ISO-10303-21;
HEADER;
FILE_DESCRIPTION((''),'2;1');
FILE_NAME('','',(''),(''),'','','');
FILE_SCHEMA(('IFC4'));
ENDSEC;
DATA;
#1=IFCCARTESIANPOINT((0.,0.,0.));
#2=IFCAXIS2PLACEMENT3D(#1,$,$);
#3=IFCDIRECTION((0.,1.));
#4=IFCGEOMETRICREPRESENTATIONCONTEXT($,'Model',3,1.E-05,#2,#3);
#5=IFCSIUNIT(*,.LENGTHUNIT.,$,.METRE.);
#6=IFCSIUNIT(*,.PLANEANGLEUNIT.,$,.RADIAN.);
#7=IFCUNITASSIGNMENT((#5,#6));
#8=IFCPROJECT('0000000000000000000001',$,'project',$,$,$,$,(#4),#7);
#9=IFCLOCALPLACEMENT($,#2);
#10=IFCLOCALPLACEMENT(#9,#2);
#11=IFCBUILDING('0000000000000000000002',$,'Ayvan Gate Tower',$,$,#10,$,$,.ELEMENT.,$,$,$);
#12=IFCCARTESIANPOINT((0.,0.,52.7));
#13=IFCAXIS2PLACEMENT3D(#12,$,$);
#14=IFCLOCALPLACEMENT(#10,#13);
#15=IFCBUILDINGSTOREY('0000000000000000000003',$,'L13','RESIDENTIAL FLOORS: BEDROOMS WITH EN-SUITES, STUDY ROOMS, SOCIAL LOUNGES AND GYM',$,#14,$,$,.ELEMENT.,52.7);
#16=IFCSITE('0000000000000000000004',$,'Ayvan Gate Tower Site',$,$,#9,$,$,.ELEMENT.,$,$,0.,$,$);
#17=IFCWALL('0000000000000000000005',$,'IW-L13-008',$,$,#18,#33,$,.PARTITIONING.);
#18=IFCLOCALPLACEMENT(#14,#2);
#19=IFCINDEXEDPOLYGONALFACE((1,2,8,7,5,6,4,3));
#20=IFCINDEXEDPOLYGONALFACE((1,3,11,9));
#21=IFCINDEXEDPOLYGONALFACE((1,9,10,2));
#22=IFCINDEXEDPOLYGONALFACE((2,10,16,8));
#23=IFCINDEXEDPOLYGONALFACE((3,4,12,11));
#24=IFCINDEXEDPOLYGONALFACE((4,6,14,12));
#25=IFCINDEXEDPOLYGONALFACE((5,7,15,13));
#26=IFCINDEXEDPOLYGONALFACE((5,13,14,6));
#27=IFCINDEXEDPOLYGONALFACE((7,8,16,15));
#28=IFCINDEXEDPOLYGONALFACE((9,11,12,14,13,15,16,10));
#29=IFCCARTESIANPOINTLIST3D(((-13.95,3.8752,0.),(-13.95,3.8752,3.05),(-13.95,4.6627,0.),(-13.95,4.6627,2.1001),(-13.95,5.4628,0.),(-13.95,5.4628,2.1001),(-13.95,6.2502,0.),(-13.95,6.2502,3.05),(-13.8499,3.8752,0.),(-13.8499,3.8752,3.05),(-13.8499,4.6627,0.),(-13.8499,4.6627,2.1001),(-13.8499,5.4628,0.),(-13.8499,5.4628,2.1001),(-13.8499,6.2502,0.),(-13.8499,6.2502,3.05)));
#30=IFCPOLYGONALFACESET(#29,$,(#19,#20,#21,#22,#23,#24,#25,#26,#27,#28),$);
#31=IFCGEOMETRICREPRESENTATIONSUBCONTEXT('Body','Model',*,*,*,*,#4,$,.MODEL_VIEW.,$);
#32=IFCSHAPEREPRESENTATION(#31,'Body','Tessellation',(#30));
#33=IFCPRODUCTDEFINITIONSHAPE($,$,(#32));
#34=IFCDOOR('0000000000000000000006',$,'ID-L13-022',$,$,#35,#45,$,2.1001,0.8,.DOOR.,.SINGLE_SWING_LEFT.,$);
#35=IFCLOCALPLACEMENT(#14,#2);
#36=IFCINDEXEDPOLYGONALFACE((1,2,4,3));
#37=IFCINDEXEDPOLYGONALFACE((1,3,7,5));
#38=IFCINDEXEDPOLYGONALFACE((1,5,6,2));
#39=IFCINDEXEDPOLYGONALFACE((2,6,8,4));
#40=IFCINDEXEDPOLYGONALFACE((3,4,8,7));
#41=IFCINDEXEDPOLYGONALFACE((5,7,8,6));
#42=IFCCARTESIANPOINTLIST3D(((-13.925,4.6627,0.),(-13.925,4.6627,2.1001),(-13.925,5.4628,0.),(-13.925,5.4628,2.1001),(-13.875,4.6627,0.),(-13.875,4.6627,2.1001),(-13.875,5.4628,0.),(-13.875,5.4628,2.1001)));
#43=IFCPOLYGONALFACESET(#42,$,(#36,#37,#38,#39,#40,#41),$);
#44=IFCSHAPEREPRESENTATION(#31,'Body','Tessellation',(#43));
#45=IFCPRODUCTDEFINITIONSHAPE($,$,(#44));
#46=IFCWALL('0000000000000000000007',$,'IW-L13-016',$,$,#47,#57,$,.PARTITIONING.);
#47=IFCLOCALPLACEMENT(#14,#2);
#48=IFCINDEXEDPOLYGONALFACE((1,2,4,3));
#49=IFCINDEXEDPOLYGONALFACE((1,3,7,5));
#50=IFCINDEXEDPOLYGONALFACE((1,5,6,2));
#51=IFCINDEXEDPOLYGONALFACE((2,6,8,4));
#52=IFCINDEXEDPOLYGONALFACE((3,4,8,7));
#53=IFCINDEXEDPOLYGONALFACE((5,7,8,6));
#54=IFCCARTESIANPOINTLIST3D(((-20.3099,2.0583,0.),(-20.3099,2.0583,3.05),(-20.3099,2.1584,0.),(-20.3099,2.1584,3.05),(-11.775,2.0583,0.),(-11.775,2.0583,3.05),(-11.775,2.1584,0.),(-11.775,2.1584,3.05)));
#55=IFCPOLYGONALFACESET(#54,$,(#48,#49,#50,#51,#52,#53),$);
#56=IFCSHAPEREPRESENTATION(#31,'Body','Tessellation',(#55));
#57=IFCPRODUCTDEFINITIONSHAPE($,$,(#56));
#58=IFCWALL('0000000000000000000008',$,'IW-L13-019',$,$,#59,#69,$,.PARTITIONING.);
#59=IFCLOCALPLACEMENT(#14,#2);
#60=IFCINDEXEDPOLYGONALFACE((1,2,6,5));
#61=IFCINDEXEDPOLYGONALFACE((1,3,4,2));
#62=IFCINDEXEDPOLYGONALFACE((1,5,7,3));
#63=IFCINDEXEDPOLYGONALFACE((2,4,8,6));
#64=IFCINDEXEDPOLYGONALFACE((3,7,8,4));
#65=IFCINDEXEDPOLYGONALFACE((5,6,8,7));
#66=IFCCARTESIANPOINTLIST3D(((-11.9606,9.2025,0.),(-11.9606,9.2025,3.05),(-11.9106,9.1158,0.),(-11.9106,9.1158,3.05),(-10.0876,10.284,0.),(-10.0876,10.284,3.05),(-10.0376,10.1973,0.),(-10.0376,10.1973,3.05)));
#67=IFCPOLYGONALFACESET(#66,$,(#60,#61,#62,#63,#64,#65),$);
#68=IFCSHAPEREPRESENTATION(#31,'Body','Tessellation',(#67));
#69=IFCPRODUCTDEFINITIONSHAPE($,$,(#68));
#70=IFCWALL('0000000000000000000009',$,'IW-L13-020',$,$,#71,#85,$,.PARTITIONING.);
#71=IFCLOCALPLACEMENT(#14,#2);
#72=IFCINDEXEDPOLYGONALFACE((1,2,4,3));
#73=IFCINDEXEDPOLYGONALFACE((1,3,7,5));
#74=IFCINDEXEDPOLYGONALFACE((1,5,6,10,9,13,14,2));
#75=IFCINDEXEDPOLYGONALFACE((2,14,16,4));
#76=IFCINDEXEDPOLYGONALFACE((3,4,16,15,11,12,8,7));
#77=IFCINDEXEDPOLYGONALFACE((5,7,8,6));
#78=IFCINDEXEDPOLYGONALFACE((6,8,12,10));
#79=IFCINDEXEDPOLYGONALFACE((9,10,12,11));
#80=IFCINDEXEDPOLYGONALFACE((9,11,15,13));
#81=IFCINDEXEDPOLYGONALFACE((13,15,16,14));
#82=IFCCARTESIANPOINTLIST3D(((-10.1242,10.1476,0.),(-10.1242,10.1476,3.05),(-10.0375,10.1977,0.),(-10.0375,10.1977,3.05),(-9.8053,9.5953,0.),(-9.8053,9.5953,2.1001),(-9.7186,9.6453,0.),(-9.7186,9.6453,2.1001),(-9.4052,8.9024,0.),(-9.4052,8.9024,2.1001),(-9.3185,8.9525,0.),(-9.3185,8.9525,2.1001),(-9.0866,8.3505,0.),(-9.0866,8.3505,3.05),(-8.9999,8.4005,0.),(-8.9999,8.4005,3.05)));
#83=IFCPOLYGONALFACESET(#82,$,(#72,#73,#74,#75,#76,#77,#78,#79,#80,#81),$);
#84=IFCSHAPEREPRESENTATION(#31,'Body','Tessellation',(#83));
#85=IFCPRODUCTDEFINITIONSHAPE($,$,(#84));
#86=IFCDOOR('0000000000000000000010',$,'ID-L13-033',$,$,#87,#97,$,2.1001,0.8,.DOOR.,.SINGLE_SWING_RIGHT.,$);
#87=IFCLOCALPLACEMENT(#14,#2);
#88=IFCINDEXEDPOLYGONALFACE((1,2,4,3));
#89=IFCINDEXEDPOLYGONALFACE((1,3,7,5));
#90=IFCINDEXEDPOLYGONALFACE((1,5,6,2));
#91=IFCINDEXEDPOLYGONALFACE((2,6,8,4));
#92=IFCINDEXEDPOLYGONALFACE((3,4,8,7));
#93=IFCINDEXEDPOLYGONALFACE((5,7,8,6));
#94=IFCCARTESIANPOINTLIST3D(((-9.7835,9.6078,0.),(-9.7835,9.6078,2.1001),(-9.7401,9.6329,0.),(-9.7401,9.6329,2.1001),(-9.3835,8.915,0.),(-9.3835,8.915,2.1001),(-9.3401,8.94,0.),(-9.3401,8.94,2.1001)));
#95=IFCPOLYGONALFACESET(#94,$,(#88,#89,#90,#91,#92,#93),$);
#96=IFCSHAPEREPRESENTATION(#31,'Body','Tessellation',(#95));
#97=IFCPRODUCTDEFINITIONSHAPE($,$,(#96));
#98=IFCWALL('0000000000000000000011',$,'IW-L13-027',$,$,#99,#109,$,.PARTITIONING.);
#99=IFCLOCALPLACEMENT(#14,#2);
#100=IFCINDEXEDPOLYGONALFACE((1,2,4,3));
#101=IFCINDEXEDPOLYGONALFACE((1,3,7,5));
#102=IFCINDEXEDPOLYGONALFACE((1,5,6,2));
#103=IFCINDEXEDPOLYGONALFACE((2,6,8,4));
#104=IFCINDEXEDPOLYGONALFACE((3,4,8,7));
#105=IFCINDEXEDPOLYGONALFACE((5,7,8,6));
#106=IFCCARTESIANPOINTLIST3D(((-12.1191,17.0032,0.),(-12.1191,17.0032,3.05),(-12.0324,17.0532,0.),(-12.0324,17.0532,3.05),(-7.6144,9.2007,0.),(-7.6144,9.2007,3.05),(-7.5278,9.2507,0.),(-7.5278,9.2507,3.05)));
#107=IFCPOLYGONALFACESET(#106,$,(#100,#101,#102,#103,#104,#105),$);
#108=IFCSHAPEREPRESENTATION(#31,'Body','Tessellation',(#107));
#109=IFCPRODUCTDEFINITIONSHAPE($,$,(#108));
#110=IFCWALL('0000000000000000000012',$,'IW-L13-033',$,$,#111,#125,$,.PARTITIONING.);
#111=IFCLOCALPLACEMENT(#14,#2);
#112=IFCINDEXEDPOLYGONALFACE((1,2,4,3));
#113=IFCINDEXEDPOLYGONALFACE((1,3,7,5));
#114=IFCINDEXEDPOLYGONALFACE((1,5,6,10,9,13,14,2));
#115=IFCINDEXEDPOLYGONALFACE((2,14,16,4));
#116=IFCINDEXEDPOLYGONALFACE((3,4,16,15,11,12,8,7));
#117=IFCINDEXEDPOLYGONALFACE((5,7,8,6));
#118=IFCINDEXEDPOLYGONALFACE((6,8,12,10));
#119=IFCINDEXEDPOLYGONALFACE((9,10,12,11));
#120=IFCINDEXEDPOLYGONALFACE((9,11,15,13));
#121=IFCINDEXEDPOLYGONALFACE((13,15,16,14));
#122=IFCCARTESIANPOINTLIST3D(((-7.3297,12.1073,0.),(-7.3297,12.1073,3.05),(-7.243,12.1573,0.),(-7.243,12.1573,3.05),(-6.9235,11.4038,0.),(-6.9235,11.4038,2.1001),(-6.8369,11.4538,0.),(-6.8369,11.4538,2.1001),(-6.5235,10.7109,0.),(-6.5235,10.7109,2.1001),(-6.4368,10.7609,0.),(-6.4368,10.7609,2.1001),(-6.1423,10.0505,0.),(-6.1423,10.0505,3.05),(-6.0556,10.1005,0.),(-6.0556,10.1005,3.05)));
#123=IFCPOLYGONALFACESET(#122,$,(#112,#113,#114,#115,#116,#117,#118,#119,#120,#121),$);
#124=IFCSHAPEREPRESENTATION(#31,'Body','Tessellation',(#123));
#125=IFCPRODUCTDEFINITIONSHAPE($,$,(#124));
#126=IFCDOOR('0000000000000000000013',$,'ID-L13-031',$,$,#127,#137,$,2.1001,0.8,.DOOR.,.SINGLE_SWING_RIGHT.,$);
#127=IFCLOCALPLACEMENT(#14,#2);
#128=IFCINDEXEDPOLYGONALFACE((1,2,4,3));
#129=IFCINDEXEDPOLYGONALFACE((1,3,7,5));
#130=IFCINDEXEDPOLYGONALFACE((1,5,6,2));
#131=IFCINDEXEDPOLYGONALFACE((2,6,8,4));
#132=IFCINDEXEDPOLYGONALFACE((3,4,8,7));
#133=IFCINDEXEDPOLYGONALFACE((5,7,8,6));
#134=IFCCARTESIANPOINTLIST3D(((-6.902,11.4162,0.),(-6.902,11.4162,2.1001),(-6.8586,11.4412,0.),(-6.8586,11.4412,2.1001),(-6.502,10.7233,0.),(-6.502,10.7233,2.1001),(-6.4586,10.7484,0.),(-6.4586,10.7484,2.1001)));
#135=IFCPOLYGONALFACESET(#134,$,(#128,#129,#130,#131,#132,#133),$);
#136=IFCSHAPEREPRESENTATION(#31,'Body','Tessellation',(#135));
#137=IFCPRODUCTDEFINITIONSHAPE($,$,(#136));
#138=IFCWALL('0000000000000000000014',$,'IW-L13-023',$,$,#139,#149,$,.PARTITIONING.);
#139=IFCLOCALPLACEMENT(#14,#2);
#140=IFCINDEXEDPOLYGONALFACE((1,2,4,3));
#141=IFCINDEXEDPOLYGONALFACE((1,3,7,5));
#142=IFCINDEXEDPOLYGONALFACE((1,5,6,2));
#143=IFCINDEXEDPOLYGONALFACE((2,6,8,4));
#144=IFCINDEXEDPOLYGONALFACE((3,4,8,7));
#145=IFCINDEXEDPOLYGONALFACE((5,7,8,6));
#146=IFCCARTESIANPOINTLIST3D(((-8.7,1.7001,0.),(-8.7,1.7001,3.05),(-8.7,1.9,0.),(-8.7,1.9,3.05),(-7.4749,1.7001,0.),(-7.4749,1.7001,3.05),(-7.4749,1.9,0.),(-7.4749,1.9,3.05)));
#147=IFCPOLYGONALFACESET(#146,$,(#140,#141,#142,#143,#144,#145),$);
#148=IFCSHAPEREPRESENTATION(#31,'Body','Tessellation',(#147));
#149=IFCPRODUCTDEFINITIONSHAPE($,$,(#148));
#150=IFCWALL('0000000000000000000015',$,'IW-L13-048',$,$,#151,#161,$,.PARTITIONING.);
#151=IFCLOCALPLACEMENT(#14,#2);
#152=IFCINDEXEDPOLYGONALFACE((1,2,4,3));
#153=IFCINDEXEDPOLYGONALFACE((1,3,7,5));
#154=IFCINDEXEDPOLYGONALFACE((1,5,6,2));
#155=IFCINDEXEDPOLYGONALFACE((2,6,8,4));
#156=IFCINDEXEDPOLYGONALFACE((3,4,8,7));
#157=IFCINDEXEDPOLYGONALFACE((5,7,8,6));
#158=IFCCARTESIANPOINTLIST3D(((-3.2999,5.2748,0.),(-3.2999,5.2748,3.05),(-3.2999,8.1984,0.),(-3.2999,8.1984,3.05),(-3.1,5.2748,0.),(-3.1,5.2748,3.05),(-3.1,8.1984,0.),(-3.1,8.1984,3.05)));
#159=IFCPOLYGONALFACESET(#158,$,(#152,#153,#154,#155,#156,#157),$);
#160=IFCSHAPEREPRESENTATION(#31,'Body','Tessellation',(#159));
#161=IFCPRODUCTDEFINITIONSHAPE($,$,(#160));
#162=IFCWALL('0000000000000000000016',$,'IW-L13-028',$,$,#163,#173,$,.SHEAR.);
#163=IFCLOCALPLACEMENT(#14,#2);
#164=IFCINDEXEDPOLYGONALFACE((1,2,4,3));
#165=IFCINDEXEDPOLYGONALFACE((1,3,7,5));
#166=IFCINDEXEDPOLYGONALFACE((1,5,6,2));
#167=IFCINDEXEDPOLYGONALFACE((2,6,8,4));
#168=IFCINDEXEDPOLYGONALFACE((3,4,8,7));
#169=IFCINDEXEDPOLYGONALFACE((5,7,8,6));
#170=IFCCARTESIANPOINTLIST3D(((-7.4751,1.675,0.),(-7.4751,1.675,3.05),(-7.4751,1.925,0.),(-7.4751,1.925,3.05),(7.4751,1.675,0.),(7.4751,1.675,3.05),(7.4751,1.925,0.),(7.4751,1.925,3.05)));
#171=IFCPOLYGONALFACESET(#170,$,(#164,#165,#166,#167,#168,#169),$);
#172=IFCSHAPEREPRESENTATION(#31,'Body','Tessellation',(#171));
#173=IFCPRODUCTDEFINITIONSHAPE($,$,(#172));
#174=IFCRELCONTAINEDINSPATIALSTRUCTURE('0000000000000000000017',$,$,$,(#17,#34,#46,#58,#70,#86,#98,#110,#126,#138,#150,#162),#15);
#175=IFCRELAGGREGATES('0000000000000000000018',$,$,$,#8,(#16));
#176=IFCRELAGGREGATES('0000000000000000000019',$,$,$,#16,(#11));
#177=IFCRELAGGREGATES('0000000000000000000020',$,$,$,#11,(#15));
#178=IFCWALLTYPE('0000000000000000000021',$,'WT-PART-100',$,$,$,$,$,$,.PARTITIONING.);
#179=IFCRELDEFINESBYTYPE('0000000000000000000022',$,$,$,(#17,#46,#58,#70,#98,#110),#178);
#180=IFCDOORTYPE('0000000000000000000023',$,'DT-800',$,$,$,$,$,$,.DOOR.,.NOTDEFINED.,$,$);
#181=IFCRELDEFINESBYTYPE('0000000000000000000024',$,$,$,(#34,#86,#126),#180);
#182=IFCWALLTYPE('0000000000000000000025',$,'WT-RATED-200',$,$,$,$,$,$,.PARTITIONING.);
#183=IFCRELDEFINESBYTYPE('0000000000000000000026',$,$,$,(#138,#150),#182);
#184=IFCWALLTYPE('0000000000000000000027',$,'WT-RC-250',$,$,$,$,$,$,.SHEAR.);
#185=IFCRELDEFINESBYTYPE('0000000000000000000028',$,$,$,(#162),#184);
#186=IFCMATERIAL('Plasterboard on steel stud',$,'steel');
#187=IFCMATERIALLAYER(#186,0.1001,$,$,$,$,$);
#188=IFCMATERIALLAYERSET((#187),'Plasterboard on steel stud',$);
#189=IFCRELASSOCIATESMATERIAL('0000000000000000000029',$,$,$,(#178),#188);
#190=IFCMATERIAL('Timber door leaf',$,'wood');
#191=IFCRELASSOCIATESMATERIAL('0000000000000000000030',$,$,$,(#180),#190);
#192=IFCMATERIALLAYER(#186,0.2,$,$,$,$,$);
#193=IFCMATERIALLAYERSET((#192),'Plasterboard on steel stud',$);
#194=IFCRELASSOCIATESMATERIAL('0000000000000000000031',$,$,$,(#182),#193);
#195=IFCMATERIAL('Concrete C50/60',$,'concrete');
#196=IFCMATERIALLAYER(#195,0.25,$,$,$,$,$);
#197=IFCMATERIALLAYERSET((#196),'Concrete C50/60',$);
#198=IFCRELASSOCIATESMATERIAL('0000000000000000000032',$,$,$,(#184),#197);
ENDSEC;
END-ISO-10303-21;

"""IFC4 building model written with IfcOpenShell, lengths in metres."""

from ifc_helpers import new_model, si_unit, direction, frame, frame_2d, origin, place, context, subcontext, project, spatial, rectangle, extrude, material, layer, layer_set, type_object, element, fill, save


model = new_model("IFC4")

# Units and contexts
model_context = context("Model", 3, precision=1e-05, world=origin(), true_north=direction((0.0, 1.0)))
body_context = subcontext(model_context, "Body", "Model", "MODEL_VIEW")
ifc_project = project(units=[si_unit("LENGTHUNIT", "METRE"), si_unit("PLANEANGLEUNIT", "RADIAN")], contexts=[model_context])

# Site, building, storey
site_placement = place(None, origin())
site = spatial("IfcSite", under=ifc_project, at=site_placement, Name="Ayvan Gate Tower Site", CompositionType="ELEMENT", RefElevation=0.0)
building_placement = place(site_placement, origin())
building = spatial("IfcBuilding", under=site, at=building_placement, Name="Ayvan Gate Tower", CompositionType="ELEMENT")
storey_placement = place(building_placement, frame((0.0, 0.0, 52.7)))
storey = spatial("IfcBuildingStorey", under=building, at=storey_placement, Name="L13", Description="RESIDENTIAL FLOORS: BEDROOMS WITH EN-SUITES, STUDY ROOMS, SOCIAL LOUNGES AND GYM", CompositionType="ELEMENT", Elevation=52.7)

# Shared definitions
ifc_material_1 = material(Name="Timber door leaf", Category="wood")
ifc_material_2 = material(Name="Plasterboard on steel stud", Category="steel")

# Wall, opening, door
ifc_layer_1 = layer(ifc_material_2, 0.1001)
ifc_layer_set_1 = layer_set([ifc_layer_1], Name="Plasterboard on steel stud")
wall_type_1 = type_object("IfcWallType", Name="WT-PART-100", PredefinedType="PARTITIONING", material=ifc_layer_set_1)
wall_1_placement = place(storey_placement, frame((-13.8999, 6.2502, 0.0), z_axis=(0.0, 0.0, 1.0), x_axis=(0.0, -1.0, 0.0)))
wall_1 = element("IfcWall", 1, at=wall_1_placement, inside=storey, type_object=wall_type_1, Name="IW-L13-008", PredefinedType="PARTITIONING", context=body_context, shape_type="SweptSolid", body=[
    extrude(rectangle(XDim=2.375, YDim=0.1001, at=frame_2d((1.1875, 0.0))), origin(), (0.0, 0.0, 1.0), 3.05),
])
opening_1_placement = place(wall_1_placement, frame((0.7876, 0.0, 0.0)))
opening_1 = element("IfcOpeningElement", 2, at=opening_1_placement, cuts=wall_1, PredefinedType="OPENING", context=body_context, shape_type="SweptSolid", body=[
    extrude(rectangle(XDim=0.8, YDim=2.1001, at=frame_2d((0.3999, 1.05))), frame((0.0, 0.0601, 0.0), z_axis=(0.0, -1.0, 0.0), x_axis=(1.0, 0.0, 0.0)), (0.0, 0.0, 1.0), 0.1201),
])
door_type_1 = type_object("IfcDoorType", Name="DT-800", OperationType="NOTDEFINED", PredefinedType="DOOR", material=ifc_material_1)
door_1_placement = place(opening_1_placement, origin())
door_1 = element("IfcDoor", 3, at=door_1_placement, inside=storey, type_object=door_type_1, Name="ID-L13-022", OperationType="SINGLE_SWING_LEFT", OverallHeight=2.1001, OverallWidth=0.8, PredefinedType="DOOR", context=body_context, shape_type="SweptSolid", body=[
    extrude(rectangle(XDim=0.8, YDim=2.1001, at=frame_2d((0.3999, 1.05))), frame((0.0, 0.0249, 0.0), z_axis=(0.0, -1.0, 0.0), x_axis=(1.0, 0.0, 0.0)), (0.0, 0.0, 1.0), 0.05),
])
fill(opening_1, door_1)

# Walls
wall_2_placement = place(storey_placement, frame((-11.7749, 2.1084, 0.0), z_axis=(0.0, 0.0, 1.0), x_axis=(-1.0, 0.0, 0.0)))
element("IfcWall", 4, at=wall_2_placement, inside=storey, type_object=wall_type_1, Name="IW-L13-016", PredefinedType="PARTITIONING", context=body_context, shape_type="SweptSolid", body=[
    extrude(rectangle(XDim=8.5349, YDim=0.1001, at=frame_2d((4.2676, 0.0))), origin(), (0.0, 0.0, 1.0), 3.05),
])
wall_3_placement = place(storey_placement, frame((-10.0625, 10.2407, 0.0), z_axis=(0.0, 0.0, 1.0), x_axis=(-0.865998, -0.500048, 0.0)))
element("IfcWall", 5, at=wall_3_placement, inside=storey, type_object=wall_type_1, Name="IW-L13-019", PredefinedType="PARTITIONING", context=body_context, shape_type="SweptSolid", body=[
    extrude(rectangle(XDim=2.1628, YDim=0.1001, at=frame_2d((1.0815, 0.0))), origin(), (0.0, 0.0, 1.0), 3.05),
])

# Wall, opening, door
wall_4_placement = place(storey_placement, frame((-9.0432, 8.3755, 0.0), z_axis=(0.0, 0.0, 1.0), x_axis=(-0.500011, 0.866019, 0.0)))
wall_4 = element("IfcWall", 6, at=wall_4_placement, inside=storey, type_object=wall_type_1, Name="IW-L13-020", PredefinedType="PARTITIONING", context=body_context, shape_type="SweptSolid", body=[
    extrude(rectangle(XDim=2.0752, YDim=0.1001, at=frame_2d((1.0376, 0.0))), origin(), (0.0, 0.0, 1.0), 3.05),
])
opening_2_placement = place(wall_4_placement, frame((0.6375, 0.0, 0.0)))
opening_2 = element("IfcOpeningElement", 7, at=opening_2_placement, cuts=wall_4, PredefinedType="OPENING", context=body_context, shape_type="SweptSolid", body=[
    extrude(rectangle(XDim=0.8, YDim=2.1001, at=frame_2d((0.3999, 1.05))), frame((0.0, 0.0601, 0.0), z_axis=(0.0, -1.0, 0.0), x_axis=(1.0, 0.0, 0.0)), (0.0, 0.0, 1.0), 0.1201),
])
door_2_placement = place(opening_2_placement, origin())
door_2 = element("IfcDoor", 8, at=door_2_placement, inside=storey, type_object=door_type_1, Name="ID-L13-033", OperationType="SINGLE_SWING_RIGHT", OverallHeight=2.1001, OverallWidth=0.8, PredefinedType="DOOR", context=body_context, shape_type="SweptSolid", body=[
    extrude(rectangle(XDim=0.8, YDim=2.1001, at=frame_2d((0.3999, 1.05))), frame((0.0, 0.0249, 0.0), z_axis=(0.0, -1.0, 0.0), x_axis=(1.0, 0.0, 0.0)), (0.0, 0.0, 1.0), 0.05),
])
fill(opening_2, door_2)

# Wall
wall_5_placement = place(storey_placement, frame((-7.571, 9.2256, 0.0), z_axis=(0.0, 0.0, 1.0), x_axis=(-0.499989, 0.866032, 0.0)))
element("IfcWall", 9, at=wall_5_placement, inside=storey, type_object=wall_type_1, Name="IW-L13-027", PredefinedType="PARTITIONING", context=body_context, shape_type="SweptSolid", body=[
    extrude(rectangle(XDim=9.0095, YDim=0.1001, at=frame_2d((4.5049, 0.0))), origin(), (0.0, 0.0, 1.0), 3.05),
])

# Wall, opening, door
wall_6_placement = place(storey_placement, frame((-7.2864, 12.1323, 0.0), z_axis=(0.0, 0.0, 1.0), x_axis=(0.499986, -0.866033, 0.0)))
wall_6 = element("IfcWall", 10, at=wall_6_placement, inside=storey, type_object=wall_type_1, Name="IW-L13-033", PredefinedType="PARTITIONING", context=body_context, shape_type="SweptSolid", body=[
    extrude(rectangle(XDim=2.375, YDim=0.1001, at=frame_2d((1.1875, 0.0))), origin(), (0.0, 0.0, 1.0), 3.05),
])
opening_3_placement = place(wall_6_placement, frame((0.8125, 0.0, 0.0)))
opening_3 = element("IfcOpeningElement", 11, at=opening_3_placement, cuts=wall_6, PredefinedType="OPENING", context=body_context, shape_type="SweptSolid", body=[
    extrude(rectangle(XDim=0.8, YDim=2.1001, at=frame_2d((0.3999, 1.05))), frame((0.0, 0.0601, 0.0), z_axis=(0.0, -1.0, 0.0), x_axis=(1.0, 0.0, 0.0)), (0.0, 0.0, 1.0), 0.1201),
])
door_3_placement = place(opening_3_placement, origin())
door_3 = element("IfcDoor", 12, at=door_3_placement, inside=storey, type_object=door_type_1, Name="ID-L13-031", OperationType="SINGLE_SWING_RIGHT", OverallHeight=2.1001, OverallWidth=0.8, PredefinedType="DOOR", context=body_context, shape_type="SweptSolid", body=[
    extrude(rectangle(XDim=0.8, YDim=2.1001, at=frame_2d((0.3999, 1.05))), frame((0.0, 0.0249, 0.0), z_axis=(0.0, -1.0, 0.0), x_axis=(1.0, 0.0, 0.0)), (0.0, 0.0, 1.0), 0.05),
])
fill(opening_3, door_3)

# Walls
ifc_layer_2 = layer(ifc_material_2, 0.2)
ifc_layer_set_2 = layer_set([ifc_layer_2], Name="Plasterboard on steel stud")
wall_type_2 = type_object("IfcWallType", Name="WT-RATED-200", PredefinedType="PARTITIONING", material=ifc_layer_set_2)
wall_7_placement = place(storey_placement, frame((-8.7, 1.8, 0.0), z_axis=(0.0, 0.0, 1.0), x_axis=(1.0, 0.0, 0.0)))
element("IfcWall", 13, at=wall_7_placement, inside=storey, type_object=wall_type_2, Name="IW-L13-023", PredefinedType="PARTITIONING", context=body_context, shape_type="SweptSolid", body=[
    extrude(rectangle(XDim=1.2251, YDim=0.2, at=frame_2d((0.6125, 0.0))), origin(), (0.0, 0.0, 1.0), 3.05),
])
wall_8_placement = place(storey_placement, frame((-3.2, 8.1985, 0.0), z_axis=(0.0, 0.0, 1.0), x_axis=(0.0, -1.0, 0.0)))
element("IfcWall", 14, at=wall_8_placement, inside=storey, type_object=wall_type_2, Name="IW-L13-048", PredefinedType="PARTITIONING", context=body_context, shape_type="SweptSolid", body=[
    extrude(rectangle(XDim=2.9236, YDim=0.2, at=frame_2d((1.4619, 0.0))), origin(), (0.0, 0.0, 1.0), 3.05),
])
ifc_material_3 = material(Name="Concrete C50/60", Category="concrete")
ifc_layer_3 = layer(ifc_material_3, 0.25)
ifc_layer_set_3 = layer_set([ifc_layer_3], Name="Concrete C50/60")
wall_type_3 = type_object("IfcWallType", Name="WT-RC-250", PredefinedType="SHEAR", material=ifc_layer_set_3)
wall_9_placement = place(storey_placement, frame((-7.4751, 1.8, 0.0), z_axis=(0.0, 0.0, 1.0), x_axis=(1.0, 0.0, 0.0)))
element("IfcWall", 15, at=wall_9_placement, inside=storey, type_object=wall_type_3, Name="IW-L13-028", PredefinedType="SHEAR", context=body_context, shape_type="SweptSolid", body=[
    extrude(rectangle(XDim=14.9502, YDim=0.25, at=frame_2d((7.4751, 0.0))), origin(), (0.0, 0.0, 1.0), 3.05),
])

save(model, "model.ifc")
